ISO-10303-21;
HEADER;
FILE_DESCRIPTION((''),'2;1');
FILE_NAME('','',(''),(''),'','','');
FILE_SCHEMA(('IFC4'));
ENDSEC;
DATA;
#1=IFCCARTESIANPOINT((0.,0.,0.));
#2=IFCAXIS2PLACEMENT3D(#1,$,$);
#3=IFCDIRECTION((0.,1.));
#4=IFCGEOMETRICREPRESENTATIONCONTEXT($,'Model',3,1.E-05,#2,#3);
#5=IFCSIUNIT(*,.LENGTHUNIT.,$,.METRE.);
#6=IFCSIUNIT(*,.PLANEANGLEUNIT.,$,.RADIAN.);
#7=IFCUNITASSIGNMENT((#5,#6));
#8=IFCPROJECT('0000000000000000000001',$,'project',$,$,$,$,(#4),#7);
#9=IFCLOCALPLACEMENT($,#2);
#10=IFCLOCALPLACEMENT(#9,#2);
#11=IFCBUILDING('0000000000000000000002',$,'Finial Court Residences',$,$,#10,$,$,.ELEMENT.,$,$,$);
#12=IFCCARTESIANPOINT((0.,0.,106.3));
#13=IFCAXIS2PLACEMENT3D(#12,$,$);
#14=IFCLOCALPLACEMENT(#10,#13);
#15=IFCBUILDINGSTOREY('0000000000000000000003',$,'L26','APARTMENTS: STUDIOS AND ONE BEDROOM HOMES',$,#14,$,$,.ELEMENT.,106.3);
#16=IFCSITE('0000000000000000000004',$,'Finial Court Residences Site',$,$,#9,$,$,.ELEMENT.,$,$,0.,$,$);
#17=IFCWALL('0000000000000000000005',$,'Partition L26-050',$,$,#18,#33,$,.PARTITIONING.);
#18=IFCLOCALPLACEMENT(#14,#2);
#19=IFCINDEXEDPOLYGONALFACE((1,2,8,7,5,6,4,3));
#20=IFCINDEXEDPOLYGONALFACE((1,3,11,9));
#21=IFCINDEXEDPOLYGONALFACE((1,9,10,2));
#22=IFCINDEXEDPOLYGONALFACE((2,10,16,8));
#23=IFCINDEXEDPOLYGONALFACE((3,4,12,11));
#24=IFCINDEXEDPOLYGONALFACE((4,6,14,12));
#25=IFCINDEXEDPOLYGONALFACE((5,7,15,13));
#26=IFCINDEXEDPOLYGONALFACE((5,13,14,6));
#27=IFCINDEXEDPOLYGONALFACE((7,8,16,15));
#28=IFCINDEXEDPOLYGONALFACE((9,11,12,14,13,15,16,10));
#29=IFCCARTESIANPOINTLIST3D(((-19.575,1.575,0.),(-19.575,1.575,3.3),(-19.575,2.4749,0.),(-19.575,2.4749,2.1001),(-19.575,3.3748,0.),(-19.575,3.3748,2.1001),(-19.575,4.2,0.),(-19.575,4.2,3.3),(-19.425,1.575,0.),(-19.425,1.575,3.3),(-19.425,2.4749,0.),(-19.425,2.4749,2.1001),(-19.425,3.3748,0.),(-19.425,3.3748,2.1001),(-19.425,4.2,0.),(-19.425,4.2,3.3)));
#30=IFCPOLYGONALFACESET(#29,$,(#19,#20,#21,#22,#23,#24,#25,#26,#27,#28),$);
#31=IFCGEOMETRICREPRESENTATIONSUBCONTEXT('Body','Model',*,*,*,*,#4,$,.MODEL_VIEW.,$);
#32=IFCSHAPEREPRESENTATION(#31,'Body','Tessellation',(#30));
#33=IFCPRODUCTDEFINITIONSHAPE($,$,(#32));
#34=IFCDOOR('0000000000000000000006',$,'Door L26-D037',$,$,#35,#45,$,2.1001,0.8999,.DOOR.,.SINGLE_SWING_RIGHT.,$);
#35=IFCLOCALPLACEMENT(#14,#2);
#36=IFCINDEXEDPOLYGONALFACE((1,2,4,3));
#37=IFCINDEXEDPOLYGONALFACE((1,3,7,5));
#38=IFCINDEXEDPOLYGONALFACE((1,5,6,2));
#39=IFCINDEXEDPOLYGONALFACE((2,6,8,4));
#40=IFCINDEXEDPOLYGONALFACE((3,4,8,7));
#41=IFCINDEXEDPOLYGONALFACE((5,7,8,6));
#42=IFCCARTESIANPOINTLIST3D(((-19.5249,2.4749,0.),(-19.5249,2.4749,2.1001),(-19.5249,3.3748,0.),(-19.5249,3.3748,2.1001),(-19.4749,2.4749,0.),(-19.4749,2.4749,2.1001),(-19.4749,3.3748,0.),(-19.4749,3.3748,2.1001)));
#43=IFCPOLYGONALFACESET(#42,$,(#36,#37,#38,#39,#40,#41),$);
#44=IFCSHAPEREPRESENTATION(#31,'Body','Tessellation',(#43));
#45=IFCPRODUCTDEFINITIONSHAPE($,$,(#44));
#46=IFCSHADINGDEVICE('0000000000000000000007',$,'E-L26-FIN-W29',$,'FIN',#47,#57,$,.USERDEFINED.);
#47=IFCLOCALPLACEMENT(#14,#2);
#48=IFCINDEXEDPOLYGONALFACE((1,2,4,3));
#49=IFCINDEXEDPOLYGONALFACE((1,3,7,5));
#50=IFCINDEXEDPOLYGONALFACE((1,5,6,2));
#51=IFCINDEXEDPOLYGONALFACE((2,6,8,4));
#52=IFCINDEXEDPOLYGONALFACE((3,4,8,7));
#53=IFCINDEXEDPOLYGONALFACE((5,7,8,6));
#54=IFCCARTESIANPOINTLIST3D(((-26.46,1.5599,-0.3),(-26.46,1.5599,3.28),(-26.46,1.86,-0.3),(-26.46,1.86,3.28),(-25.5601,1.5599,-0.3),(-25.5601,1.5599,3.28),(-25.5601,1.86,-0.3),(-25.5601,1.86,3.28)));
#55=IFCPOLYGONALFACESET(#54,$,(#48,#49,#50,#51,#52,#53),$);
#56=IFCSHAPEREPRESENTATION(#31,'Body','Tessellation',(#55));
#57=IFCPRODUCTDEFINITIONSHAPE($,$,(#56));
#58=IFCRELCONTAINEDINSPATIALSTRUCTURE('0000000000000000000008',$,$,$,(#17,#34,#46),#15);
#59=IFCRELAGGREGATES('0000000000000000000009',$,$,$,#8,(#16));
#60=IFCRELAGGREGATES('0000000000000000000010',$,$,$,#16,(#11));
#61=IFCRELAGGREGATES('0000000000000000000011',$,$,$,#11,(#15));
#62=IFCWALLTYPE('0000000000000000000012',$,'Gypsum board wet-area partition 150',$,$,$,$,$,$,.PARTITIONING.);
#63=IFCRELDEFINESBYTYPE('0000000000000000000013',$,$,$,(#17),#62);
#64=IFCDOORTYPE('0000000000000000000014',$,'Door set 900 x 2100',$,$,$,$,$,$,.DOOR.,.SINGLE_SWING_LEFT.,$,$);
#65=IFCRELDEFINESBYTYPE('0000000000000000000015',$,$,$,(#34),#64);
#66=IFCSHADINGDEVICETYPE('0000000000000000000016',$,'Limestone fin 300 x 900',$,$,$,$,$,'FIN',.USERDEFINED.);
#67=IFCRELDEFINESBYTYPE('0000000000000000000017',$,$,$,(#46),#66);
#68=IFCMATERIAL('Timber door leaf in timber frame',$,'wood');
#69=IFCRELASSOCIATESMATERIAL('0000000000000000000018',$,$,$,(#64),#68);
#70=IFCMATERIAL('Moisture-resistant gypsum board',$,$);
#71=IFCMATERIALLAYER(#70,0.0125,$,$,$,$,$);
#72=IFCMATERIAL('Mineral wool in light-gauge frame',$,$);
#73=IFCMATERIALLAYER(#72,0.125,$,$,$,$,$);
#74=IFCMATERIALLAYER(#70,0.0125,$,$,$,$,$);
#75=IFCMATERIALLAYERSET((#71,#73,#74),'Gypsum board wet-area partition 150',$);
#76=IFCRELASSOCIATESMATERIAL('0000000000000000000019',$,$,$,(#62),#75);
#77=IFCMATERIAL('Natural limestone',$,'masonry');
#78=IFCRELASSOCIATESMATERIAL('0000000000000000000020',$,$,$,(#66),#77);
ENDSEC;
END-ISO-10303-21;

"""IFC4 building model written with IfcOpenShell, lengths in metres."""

from ifc_helpers import new_model, si_unit, direction, frame, frame_2d, origin, origin_2d, place, context, subcontext, project, spatial, rectangle, extrude, material, layer, layer_set, type_object, element, fill, save


model = new_model("IFC4")

# Units and contexts
model_context = context("Model", 3, precision=1e-05, world=origin(), true_north=direction((0.0, 1.0)))
body_context = subcontext(model_context, "Body", "Model", "MODEL_VIEW")
ifc_project = project(units=[si_unit("LENGTHUNIT", "METRE"), si_unit("PLANEANGLEUNIT", "RADIAN")], contexts=[model_context])

# Site, building, storey
site_placement = place(None, origin())
site = spatial("IfcSite", under=ifc_project, at=site_placement, Name="Finial Court Residences Site", CompositionType="ELEMENT", RefElevation=0.0)
building_placement = place(site_placement, origin())
building = spatial("IfcBuilding", under=site, at=building_placement, Name="Finial Court Residences", CompositionType="ELEMENT")
storey_placement = place(building_placement, frame((0.0, 0.0, 106.3)))
storey = spatial("IfcBuildingStorey", under=building, at=storey_placement, Name="L26", Description="APARTMENTS: STUDIOS AND ONE BEDROOM HOMES", CompositionType="ELEMENT", Elevation=106.3)

# Shared definitions
ifc_material_1 = material(Name="Mineral wool in light-gauge frame")
ifc_material_2 = material(Name="Timber door leaf in timber frame", Category="wood")
door_type = type_object("IfcDoorType", Name="Door set 900 x 2100", OperationType="SINGLE_SWING_LEFT", PredefinedType="DOOR", material=ifc_material_2)

# Shared definitions
ifc_material_3 = material(Name="Moisture-resistant gypsum board")
ifc_layer_1 = layer(ifc_material_3, 0.0125)
ifc_layer_2 = layer(ifc_material_1, 0.125)
ifc_layer_3 = layer(ifc_material_3, 0.0125)
ifc_layer_set_1 = layer_set([ifc_layer_1, ifc_layer_2, ifc_layer_3], Name="Gypsum board wet-area partition 150")
wall_type_1 = type_object("IfcWallType", Name="Gypsum board wet-area partition 150", PredefinedType="PARTITIONING", material=ifc_layer_set_1)

# Wall, opening, door
wall_1_placement = place(storey_placement, frame((-19.5, 1.575, 0.0), z_axis=(0.0, 0.0, 1.0), x_axis=(0.0, 1.0, 0.0)))
wall_1 = element("IfcWall", 1, at=wall_1_placement, inside=storey, type_object=wall_type_1, Name="Partition L26-050", PredefinedType="PARTITIONING", context=body_context, shape_type="SweptSolid", body=[
    extrude(rectangle(XDim=2.625, YDim=0.1499, at=frame_2d((1.3125, 0.0))), origin(), (0.0, 0.0, 1.0), 3.3),
])
opening_1_placement = place(wall_1_placement, frame((0.8999, 0.0, 0.0)))
opening_1 = element("IfcOpeningElement", 2, at=opening_1_placement, cuts=wall_1, PredefinedType="OPENING", context=body_context, shape_type="SweptSolid", body=[
    extrude(rectangle(XDim=0.8999, YDim=2.1001, at=frame_2d((0.45, 1.05))), frame((0.0, 0.085, 0.0), z_axis=(0.0, -1.0, 0.0), x_axis=(1.0, 0.0, 0.0)), (0.0, 0.0, 1.0), 0.1699),
])
door_1_placement = place(opening_1_placement, origin())
door_1 = element("IfcDoor", 3, at=door_1_placement, inside=storey, type_object=door_type, Name="Door L26-D037", OperationType="SINGLE_SWING_RIGHT", OverallHeight=2.1001, OverallWidth=0.8999, PredefinedType="DOOR", context=body_context, shape_type="SweptSolid", body=[
    extrude(rectangle(XDim=0.8999, YDim=2.1001, at=frame_2d((0.45, 1.05))), frame((0.0, 0.0249, 0.0), z_axis=(0.0, -1.0, 0.0), x_axis=(1.0, 0.0, 0.0)), (0.0, 0.0, 1.0), 0.05),
])
fill(opening_1, door_1)

# Shading device
ifc_material_4 = material(Name="Natural limestone", Category="masonry")
shading_device_type = type_object("IfcShadingDeviceType", Name="Limestone fin 300 x 900", ElementType="FIN", PredefinedType="USERDEFINED", material=ifc_material_4)
shading_device_placement = place(storey_placement, frame((-26.01, 1.71, -0.3), z_axis=(0.0, 0.0, 1.0), x_axis=(1.0, 0.0, 0.0)))
element("IfcShadingDevice", 4, at=shading_device_placement, inside=storey, type_object=shading_device_type, Name="E-L26-FIN-W29", ObjectType="FIN", PredefinedType="USERDEFINED", context=body_context, shape_type="SweptSolid", body=[
    extrude(rectangle(XDim=0.8999, YDim=0.3, at=origin_2d()), origin(), (0.0, 0.0, 1.0), 3.5801),
])

save(model, "model.ifc")
